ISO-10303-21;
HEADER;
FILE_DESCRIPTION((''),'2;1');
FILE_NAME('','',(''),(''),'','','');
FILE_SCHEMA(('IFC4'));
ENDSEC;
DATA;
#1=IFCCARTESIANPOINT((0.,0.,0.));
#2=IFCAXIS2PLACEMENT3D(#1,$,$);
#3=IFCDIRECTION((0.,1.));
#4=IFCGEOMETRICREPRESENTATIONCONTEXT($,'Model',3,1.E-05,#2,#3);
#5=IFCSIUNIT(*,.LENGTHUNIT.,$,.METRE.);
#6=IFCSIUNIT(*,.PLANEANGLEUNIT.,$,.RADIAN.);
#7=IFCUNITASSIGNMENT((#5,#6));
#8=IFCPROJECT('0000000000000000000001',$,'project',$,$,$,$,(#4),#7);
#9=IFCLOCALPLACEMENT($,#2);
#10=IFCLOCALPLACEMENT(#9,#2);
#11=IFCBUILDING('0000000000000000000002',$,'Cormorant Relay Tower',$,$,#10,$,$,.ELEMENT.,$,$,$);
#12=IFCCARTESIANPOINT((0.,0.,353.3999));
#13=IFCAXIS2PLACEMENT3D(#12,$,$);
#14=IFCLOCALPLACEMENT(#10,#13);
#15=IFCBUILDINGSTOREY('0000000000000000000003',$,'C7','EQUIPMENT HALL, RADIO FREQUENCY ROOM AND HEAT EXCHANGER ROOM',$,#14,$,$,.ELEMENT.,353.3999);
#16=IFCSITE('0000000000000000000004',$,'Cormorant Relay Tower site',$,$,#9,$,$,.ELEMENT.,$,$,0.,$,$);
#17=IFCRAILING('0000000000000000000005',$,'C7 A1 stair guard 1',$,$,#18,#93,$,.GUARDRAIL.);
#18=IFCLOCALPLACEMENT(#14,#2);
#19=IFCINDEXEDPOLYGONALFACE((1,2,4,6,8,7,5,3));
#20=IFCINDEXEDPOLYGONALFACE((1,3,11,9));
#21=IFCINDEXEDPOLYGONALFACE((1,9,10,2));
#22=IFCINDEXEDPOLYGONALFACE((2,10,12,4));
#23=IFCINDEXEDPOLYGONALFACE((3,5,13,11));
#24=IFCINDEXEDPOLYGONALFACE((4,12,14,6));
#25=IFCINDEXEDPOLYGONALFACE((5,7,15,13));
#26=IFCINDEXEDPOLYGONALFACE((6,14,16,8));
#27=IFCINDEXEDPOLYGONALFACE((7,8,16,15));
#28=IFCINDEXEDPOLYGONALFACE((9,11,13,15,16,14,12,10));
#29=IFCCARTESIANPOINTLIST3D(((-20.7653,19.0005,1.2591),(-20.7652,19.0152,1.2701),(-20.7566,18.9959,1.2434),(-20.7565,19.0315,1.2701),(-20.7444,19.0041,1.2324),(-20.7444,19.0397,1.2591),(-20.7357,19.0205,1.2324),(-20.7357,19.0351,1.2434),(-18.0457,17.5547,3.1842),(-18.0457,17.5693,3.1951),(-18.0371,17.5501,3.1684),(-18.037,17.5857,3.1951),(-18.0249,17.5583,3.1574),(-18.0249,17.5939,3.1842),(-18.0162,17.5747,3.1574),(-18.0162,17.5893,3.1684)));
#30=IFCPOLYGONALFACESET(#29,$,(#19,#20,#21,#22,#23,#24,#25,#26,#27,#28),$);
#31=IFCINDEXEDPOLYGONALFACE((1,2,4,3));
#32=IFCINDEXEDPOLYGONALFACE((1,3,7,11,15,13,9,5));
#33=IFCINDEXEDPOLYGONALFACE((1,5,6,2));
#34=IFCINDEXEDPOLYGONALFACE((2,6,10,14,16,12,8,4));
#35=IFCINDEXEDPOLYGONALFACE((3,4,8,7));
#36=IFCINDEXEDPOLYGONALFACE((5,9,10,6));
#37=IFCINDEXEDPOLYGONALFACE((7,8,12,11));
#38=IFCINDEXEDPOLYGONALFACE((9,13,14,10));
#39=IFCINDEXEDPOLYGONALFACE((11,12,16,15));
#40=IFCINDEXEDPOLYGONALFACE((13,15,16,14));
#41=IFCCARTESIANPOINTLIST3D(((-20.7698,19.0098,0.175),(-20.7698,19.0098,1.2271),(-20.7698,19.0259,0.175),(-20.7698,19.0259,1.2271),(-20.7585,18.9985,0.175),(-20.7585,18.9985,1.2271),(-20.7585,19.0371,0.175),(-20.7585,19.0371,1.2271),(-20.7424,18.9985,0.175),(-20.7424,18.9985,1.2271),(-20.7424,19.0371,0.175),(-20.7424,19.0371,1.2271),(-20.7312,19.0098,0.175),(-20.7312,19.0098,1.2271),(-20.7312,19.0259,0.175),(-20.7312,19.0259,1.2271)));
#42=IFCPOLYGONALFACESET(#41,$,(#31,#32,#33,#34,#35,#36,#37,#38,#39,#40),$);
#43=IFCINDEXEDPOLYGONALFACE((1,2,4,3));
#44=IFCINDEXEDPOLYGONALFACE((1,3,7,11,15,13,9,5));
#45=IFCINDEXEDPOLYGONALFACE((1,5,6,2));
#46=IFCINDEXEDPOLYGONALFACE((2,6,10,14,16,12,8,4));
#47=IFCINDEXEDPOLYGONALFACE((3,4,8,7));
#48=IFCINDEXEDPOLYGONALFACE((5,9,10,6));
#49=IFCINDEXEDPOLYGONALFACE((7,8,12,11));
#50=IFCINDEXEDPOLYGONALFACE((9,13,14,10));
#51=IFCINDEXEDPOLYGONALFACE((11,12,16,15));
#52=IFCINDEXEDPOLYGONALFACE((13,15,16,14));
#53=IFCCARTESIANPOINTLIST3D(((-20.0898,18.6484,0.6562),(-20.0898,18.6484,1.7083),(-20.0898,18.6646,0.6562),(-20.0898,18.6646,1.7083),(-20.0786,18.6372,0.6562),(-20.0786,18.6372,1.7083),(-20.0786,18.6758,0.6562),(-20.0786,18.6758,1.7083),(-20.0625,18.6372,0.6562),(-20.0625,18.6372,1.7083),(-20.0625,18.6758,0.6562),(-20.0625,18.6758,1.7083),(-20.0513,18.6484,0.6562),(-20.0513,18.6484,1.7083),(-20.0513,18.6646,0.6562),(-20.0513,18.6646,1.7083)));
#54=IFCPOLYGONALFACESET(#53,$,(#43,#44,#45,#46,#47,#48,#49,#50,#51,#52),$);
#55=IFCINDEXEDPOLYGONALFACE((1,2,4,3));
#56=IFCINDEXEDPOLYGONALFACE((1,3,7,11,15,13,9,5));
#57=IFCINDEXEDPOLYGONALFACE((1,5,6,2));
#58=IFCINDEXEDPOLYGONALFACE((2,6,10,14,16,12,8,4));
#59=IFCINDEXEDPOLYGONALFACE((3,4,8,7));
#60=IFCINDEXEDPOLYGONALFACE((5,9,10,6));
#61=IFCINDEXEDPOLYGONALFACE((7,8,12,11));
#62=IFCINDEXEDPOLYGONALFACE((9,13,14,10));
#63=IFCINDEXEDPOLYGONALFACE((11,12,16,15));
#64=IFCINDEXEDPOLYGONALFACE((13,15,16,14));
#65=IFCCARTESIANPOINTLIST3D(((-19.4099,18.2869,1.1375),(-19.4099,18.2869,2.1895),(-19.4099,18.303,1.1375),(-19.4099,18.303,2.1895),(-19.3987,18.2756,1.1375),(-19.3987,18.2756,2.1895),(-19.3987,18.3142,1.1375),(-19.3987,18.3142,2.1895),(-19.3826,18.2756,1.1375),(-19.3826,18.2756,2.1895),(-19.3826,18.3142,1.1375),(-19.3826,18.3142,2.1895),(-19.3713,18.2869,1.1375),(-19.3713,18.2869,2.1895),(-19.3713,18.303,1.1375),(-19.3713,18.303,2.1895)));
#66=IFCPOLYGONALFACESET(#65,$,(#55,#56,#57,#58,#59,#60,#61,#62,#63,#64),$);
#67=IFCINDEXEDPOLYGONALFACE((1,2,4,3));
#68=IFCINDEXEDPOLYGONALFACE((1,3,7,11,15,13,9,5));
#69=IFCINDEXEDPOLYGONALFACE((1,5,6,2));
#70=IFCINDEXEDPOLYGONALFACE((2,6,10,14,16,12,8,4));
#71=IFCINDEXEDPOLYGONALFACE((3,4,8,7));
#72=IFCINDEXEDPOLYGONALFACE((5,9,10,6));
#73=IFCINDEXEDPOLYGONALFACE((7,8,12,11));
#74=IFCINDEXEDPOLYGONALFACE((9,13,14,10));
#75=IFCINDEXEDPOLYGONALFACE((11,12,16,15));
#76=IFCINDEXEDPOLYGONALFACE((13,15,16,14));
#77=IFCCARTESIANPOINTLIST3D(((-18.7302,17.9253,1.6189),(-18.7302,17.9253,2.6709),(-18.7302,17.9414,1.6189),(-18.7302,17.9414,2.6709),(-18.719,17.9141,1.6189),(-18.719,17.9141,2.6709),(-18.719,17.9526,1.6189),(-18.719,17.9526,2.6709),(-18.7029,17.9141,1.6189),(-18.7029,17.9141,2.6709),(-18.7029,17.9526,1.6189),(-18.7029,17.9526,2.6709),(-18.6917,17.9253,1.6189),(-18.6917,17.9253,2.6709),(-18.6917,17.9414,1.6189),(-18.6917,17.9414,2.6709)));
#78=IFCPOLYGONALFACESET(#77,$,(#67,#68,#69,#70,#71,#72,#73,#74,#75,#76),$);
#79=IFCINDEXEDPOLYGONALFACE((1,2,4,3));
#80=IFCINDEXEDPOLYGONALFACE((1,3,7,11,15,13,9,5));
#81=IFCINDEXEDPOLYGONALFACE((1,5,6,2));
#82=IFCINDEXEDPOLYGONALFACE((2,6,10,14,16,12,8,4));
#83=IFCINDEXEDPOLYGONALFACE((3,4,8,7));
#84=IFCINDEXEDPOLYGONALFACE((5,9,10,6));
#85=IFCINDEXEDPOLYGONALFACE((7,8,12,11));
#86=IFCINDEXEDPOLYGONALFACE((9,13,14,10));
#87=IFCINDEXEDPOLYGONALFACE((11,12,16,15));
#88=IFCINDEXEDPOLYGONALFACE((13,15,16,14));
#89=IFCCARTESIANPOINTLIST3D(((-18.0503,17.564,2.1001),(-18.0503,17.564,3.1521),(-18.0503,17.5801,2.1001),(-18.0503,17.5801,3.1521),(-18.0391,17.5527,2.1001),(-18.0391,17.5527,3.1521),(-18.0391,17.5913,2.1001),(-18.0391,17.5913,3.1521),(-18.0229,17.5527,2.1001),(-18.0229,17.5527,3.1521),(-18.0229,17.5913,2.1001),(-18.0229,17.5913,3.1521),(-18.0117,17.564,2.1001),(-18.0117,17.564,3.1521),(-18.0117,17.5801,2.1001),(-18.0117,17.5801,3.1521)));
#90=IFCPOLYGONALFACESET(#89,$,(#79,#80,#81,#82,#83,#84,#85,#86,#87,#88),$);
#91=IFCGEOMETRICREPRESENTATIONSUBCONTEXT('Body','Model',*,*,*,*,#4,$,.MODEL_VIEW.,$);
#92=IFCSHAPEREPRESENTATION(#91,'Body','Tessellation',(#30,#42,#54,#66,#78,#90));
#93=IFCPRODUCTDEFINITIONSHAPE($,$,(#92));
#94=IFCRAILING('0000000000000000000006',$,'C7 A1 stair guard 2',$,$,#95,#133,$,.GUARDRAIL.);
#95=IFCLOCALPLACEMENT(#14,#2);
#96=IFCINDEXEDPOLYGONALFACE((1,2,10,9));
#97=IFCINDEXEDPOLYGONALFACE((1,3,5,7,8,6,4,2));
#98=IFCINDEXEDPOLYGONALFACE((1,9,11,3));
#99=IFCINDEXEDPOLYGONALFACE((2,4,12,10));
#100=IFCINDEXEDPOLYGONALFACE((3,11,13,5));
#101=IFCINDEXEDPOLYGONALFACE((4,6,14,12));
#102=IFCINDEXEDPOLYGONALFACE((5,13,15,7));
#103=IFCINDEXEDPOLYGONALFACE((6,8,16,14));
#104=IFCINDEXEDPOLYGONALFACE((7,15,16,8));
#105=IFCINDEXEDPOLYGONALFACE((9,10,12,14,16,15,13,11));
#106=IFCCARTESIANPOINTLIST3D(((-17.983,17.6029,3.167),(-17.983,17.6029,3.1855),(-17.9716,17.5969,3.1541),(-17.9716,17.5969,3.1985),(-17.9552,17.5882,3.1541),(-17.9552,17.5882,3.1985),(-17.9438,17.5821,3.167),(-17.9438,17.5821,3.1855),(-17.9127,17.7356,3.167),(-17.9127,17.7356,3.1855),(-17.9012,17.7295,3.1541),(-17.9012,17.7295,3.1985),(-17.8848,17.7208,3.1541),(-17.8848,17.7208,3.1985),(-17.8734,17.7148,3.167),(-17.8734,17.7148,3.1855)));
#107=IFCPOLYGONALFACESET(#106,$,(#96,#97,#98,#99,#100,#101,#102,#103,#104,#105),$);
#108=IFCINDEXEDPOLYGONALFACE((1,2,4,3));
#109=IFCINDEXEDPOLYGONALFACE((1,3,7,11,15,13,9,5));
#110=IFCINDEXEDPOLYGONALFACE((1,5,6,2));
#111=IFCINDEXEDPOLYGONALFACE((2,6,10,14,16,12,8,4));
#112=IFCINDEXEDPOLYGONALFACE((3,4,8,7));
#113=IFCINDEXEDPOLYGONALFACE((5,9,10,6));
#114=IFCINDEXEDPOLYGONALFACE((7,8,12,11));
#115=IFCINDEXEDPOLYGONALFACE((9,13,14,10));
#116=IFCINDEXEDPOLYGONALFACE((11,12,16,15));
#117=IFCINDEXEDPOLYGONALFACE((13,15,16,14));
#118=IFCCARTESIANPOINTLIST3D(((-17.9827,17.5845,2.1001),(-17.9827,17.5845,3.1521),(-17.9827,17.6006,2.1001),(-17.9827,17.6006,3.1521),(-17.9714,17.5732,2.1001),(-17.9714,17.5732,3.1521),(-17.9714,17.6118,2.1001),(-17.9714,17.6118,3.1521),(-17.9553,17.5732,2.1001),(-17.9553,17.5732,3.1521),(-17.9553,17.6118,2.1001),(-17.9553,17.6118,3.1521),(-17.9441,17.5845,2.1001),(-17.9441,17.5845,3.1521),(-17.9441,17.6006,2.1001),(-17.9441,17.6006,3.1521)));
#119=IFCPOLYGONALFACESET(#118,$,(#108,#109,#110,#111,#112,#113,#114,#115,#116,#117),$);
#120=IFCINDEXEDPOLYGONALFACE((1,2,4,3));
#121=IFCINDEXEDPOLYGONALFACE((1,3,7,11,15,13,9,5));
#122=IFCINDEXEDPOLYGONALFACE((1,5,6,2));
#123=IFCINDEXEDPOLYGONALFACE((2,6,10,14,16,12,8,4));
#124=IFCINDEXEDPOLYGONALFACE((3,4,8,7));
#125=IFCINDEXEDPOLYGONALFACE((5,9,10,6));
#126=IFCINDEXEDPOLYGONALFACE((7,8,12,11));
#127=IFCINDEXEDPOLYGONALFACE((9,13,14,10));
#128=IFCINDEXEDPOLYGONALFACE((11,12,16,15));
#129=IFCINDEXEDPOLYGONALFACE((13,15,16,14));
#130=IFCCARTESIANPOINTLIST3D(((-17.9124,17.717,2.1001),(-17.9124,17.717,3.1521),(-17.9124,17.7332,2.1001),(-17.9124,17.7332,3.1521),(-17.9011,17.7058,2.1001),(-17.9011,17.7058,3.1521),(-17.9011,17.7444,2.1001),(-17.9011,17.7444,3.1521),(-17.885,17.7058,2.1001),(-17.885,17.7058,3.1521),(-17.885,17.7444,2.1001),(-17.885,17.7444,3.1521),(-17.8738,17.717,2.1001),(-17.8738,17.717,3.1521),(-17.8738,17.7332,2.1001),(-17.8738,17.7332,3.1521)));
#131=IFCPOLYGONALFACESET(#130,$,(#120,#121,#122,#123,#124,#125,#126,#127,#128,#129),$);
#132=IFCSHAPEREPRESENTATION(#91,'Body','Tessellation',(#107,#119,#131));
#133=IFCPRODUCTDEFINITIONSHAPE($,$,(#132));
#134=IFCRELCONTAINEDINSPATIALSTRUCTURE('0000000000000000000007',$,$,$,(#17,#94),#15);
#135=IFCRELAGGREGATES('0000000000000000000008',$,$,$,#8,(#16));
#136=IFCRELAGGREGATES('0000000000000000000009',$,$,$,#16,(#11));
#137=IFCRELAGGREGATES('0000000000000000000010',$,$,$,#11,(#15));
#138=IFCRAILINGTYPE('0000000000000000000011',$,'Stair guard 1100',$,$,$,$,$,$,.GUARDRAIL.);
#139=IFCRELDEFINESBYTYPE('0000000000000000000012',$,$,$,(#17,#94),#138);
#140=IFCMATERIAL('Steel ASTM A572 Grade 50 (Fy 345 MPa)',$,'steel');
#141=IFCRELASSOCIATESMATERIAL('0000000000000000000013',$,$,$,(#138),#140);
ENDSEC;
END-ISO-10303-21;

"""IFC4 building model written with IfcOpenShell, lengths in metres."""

from ifc_helpers import new_model, si_unit, direction, frame, origin, place, context, subcontext, project, spatial, polyline, outline, extrude, material, type_object, element, save


model = new_model("IFC4")

# Units and contexts
model_context = context("Model", 3, precision=1e-05, world=origin(), true_north=direction((0.0, 1.0)))
body_context = subcontext(model_context, "Body", "Model", "MODEL_VIEW")
ifc_project = project(units=[si_unit("LENGTHUNIT", "METRE"), si_unit("PLANEANGLEUNIT", "RADIAN")], contexts=[model_context])

# Site, building, storey
site_placement = place(None, origin())
site = spatial("IfcSite", under=ifc_project, at=site_placement, Name="Cormorant Relay Tower site", CompositionType="ELEMENT", RefElevation=0.0)
building_placement = place(site_placement, origin())
building = spatial("IfcBuilding", under=site, at=building_placement, Name="Cormorant Relay Tower", CompositionType="ELEMENT")
storey_placement = place(building_placement, frame((0.0, 0.0, 353.3999)))
storey = spatial("IfcBuildingStorey", under=building, at=storey_placement, Name="C7", Description="EQUIPMENT HALL, RADIO FREQUENCY ROOM AND HEAT EXCHANGER ROOM", CompositionType="ELEMENT", Elevation=353.3999)

# Railings
ifc_material_1 = material(Name="Steel ASTM A572 Grade 50 (Fy 345 MPa)", Category="steel")
railing_type_1 = type_object("IfcRailingType", Name="Stair guard 1100", PredefinedType="GUARDRAIL", material=ifc_material_1)
railing_1_placement = place(storey_placement, frame((-20.7505, 19.0178, 0.175)))
element("IfcRailing", 1, at=railing_1_placement, inside=storey, type_object=railing_type_1, Name="C7 A1 stair guard 1", PredefinedType="GUARDRAIL", context=body_context, shape_type="SweptSolid", body=[
    extrude(outline(polyline([(0.0222, 0.0093), (0.0093, 0.0222), (-0.0093, 0.0222), (-0.0222, 0.0093), (-0.0222, -0.0093), (-0.0093, -0.0222), (0.0093, -0.0222), (0.0222, -0.0093), (0.0222, 0.0093)])), frame((0.0, 0.0, 1.0762), z_axis=(0.748747, -0.398068, 0.530018), x_axis=(0.469428, 0.882971, 0.0)), (0.0, 0.0, 1.0), 3.6321),
    extrude(outline(polyline([(0.0193, 0.0081), (0.0081, 0.0193), (-0.0081, 0.0193), (-0.0193, 0.0081), (-0.0193, -0.0081), (-0.0081, -0.0193), (0.0081, -0.0193), (0.0193, -0.0081), (0.0193, 0.0081)])), origin(), (0.0, 0.0, 1.0), 1.052),
    extrude(outline(polyline([(0.0193, 0.0081), (0.0081, 0.0193), (-0.0081, 0.0193), (-0.0193, 0.0081), (-0.0193, -0.0081), (-0.0081, -0.0193), (0.0081, -0.0193), (0.0193, -0.0081), (0.0193, 0.0081)])), frame((0.6799, -0.3613, 0.4812)), (0.0, 0.0, 1.0), 1.052),
    extrude(outline(polyline([(0.0193, 0.0081), (0.0081, 0.0193), (-0.0081, 0.0193), (-0.0193, 0.0081), (-0.0193, -0.0081), (-0.0081, -0.0193), (0.0081, -0.0193), (0.0193, -0.0081), (0.0193, 0.0081)])), frame((1.3599, -0.7229, 0.9624)), (0.0, 0.0, 1.0), 1.052),
    extrude(outline(polyline([(0.0193, 0.0081), (0.0081, 0.0193), (-0.0081, 0.0193), (-0.0193, 0.0081), (-0.0193, -0.0081), (-0.0081, -0.0193), (0.0081, -0.0193), (0.0193, -0.0081), (0.0193, 0.0081)])), frame((2.0396, -1.0845, 1.4438)), (0.0, 0.0, 1.0), 1.052),
    extrude(outline(polyline([(0.0193, 0.0081), (0.0081, 0.0193), (-0.0081, 0.0193), (-0.0193, 0.0081), (-0.0193, -0.0081), (-0.0081, -0.0193), (0.0081, -0.0193), (0.0193, -0.0081), (0.0193, 0.0081)])), frame((2.7195, -1.4458, 1.925)), (0.0, 0.0, 1.0), 1.052),
])
railing_2_placement = place(storey_placement, frame((-17.9634, 17.5925, 2.1001)))
element("IfcRailing", 2, at=railing_2_placement, inside=storey, type_object=railing_type_1, Name="C7 A1 stair guard 2", PredefinedType="GUARDRAIL", context=body_context, shape_type="SweptSolid", body=[
    extrude(outline(polyline([(0.0222, 0.0093), (0.0093, 0.0222), (-0.0093, 0.0222), (-0.0222, 0.0093), (-0.0222, -0.0093), (-0.0093, -0.0222), (0.0093, -0.0222), (0.0222, -0.0093), (0.0222, 0.0093)])), frame((0.0, 0.0, 1.0762), z_axis=(0.46856, 0.883431, 0.0), x_axis=(-0.883431, 0.46856, 0.0)), (0.0, 0.0, 1.0), 0.1501),
    extrude(outline(polyline([(0.0193, 0.0081), (0.0081, 0.0193), (-0.0081, 0.0193), (-0.0193, 0.0081), (-0.0193, -0.0081), (-0.0081, -0.0193), (0.0081, -0.0193), (0.0193, -0.0081), (0.0193, 0.0081)])), origin(), (0.0, 0.0, 1.0), 1.052),
    extrude(outline(polyline([(0.0193, 0.0081), (0.0081, 0.0193), (-0.0081, 0.0193), (-0.0193, 0.0081), (-0.0193, -0.0081), (-0.0081, -0.0193), (0.0081, -0.0193), (0.0193, -0.0081), (0.0193, 0.0081)])), frame((0.0703, 0.1326, 0.0)), (0.0, 0.0, 1.0), 1.052),
])

save(model, "model.ifc")
